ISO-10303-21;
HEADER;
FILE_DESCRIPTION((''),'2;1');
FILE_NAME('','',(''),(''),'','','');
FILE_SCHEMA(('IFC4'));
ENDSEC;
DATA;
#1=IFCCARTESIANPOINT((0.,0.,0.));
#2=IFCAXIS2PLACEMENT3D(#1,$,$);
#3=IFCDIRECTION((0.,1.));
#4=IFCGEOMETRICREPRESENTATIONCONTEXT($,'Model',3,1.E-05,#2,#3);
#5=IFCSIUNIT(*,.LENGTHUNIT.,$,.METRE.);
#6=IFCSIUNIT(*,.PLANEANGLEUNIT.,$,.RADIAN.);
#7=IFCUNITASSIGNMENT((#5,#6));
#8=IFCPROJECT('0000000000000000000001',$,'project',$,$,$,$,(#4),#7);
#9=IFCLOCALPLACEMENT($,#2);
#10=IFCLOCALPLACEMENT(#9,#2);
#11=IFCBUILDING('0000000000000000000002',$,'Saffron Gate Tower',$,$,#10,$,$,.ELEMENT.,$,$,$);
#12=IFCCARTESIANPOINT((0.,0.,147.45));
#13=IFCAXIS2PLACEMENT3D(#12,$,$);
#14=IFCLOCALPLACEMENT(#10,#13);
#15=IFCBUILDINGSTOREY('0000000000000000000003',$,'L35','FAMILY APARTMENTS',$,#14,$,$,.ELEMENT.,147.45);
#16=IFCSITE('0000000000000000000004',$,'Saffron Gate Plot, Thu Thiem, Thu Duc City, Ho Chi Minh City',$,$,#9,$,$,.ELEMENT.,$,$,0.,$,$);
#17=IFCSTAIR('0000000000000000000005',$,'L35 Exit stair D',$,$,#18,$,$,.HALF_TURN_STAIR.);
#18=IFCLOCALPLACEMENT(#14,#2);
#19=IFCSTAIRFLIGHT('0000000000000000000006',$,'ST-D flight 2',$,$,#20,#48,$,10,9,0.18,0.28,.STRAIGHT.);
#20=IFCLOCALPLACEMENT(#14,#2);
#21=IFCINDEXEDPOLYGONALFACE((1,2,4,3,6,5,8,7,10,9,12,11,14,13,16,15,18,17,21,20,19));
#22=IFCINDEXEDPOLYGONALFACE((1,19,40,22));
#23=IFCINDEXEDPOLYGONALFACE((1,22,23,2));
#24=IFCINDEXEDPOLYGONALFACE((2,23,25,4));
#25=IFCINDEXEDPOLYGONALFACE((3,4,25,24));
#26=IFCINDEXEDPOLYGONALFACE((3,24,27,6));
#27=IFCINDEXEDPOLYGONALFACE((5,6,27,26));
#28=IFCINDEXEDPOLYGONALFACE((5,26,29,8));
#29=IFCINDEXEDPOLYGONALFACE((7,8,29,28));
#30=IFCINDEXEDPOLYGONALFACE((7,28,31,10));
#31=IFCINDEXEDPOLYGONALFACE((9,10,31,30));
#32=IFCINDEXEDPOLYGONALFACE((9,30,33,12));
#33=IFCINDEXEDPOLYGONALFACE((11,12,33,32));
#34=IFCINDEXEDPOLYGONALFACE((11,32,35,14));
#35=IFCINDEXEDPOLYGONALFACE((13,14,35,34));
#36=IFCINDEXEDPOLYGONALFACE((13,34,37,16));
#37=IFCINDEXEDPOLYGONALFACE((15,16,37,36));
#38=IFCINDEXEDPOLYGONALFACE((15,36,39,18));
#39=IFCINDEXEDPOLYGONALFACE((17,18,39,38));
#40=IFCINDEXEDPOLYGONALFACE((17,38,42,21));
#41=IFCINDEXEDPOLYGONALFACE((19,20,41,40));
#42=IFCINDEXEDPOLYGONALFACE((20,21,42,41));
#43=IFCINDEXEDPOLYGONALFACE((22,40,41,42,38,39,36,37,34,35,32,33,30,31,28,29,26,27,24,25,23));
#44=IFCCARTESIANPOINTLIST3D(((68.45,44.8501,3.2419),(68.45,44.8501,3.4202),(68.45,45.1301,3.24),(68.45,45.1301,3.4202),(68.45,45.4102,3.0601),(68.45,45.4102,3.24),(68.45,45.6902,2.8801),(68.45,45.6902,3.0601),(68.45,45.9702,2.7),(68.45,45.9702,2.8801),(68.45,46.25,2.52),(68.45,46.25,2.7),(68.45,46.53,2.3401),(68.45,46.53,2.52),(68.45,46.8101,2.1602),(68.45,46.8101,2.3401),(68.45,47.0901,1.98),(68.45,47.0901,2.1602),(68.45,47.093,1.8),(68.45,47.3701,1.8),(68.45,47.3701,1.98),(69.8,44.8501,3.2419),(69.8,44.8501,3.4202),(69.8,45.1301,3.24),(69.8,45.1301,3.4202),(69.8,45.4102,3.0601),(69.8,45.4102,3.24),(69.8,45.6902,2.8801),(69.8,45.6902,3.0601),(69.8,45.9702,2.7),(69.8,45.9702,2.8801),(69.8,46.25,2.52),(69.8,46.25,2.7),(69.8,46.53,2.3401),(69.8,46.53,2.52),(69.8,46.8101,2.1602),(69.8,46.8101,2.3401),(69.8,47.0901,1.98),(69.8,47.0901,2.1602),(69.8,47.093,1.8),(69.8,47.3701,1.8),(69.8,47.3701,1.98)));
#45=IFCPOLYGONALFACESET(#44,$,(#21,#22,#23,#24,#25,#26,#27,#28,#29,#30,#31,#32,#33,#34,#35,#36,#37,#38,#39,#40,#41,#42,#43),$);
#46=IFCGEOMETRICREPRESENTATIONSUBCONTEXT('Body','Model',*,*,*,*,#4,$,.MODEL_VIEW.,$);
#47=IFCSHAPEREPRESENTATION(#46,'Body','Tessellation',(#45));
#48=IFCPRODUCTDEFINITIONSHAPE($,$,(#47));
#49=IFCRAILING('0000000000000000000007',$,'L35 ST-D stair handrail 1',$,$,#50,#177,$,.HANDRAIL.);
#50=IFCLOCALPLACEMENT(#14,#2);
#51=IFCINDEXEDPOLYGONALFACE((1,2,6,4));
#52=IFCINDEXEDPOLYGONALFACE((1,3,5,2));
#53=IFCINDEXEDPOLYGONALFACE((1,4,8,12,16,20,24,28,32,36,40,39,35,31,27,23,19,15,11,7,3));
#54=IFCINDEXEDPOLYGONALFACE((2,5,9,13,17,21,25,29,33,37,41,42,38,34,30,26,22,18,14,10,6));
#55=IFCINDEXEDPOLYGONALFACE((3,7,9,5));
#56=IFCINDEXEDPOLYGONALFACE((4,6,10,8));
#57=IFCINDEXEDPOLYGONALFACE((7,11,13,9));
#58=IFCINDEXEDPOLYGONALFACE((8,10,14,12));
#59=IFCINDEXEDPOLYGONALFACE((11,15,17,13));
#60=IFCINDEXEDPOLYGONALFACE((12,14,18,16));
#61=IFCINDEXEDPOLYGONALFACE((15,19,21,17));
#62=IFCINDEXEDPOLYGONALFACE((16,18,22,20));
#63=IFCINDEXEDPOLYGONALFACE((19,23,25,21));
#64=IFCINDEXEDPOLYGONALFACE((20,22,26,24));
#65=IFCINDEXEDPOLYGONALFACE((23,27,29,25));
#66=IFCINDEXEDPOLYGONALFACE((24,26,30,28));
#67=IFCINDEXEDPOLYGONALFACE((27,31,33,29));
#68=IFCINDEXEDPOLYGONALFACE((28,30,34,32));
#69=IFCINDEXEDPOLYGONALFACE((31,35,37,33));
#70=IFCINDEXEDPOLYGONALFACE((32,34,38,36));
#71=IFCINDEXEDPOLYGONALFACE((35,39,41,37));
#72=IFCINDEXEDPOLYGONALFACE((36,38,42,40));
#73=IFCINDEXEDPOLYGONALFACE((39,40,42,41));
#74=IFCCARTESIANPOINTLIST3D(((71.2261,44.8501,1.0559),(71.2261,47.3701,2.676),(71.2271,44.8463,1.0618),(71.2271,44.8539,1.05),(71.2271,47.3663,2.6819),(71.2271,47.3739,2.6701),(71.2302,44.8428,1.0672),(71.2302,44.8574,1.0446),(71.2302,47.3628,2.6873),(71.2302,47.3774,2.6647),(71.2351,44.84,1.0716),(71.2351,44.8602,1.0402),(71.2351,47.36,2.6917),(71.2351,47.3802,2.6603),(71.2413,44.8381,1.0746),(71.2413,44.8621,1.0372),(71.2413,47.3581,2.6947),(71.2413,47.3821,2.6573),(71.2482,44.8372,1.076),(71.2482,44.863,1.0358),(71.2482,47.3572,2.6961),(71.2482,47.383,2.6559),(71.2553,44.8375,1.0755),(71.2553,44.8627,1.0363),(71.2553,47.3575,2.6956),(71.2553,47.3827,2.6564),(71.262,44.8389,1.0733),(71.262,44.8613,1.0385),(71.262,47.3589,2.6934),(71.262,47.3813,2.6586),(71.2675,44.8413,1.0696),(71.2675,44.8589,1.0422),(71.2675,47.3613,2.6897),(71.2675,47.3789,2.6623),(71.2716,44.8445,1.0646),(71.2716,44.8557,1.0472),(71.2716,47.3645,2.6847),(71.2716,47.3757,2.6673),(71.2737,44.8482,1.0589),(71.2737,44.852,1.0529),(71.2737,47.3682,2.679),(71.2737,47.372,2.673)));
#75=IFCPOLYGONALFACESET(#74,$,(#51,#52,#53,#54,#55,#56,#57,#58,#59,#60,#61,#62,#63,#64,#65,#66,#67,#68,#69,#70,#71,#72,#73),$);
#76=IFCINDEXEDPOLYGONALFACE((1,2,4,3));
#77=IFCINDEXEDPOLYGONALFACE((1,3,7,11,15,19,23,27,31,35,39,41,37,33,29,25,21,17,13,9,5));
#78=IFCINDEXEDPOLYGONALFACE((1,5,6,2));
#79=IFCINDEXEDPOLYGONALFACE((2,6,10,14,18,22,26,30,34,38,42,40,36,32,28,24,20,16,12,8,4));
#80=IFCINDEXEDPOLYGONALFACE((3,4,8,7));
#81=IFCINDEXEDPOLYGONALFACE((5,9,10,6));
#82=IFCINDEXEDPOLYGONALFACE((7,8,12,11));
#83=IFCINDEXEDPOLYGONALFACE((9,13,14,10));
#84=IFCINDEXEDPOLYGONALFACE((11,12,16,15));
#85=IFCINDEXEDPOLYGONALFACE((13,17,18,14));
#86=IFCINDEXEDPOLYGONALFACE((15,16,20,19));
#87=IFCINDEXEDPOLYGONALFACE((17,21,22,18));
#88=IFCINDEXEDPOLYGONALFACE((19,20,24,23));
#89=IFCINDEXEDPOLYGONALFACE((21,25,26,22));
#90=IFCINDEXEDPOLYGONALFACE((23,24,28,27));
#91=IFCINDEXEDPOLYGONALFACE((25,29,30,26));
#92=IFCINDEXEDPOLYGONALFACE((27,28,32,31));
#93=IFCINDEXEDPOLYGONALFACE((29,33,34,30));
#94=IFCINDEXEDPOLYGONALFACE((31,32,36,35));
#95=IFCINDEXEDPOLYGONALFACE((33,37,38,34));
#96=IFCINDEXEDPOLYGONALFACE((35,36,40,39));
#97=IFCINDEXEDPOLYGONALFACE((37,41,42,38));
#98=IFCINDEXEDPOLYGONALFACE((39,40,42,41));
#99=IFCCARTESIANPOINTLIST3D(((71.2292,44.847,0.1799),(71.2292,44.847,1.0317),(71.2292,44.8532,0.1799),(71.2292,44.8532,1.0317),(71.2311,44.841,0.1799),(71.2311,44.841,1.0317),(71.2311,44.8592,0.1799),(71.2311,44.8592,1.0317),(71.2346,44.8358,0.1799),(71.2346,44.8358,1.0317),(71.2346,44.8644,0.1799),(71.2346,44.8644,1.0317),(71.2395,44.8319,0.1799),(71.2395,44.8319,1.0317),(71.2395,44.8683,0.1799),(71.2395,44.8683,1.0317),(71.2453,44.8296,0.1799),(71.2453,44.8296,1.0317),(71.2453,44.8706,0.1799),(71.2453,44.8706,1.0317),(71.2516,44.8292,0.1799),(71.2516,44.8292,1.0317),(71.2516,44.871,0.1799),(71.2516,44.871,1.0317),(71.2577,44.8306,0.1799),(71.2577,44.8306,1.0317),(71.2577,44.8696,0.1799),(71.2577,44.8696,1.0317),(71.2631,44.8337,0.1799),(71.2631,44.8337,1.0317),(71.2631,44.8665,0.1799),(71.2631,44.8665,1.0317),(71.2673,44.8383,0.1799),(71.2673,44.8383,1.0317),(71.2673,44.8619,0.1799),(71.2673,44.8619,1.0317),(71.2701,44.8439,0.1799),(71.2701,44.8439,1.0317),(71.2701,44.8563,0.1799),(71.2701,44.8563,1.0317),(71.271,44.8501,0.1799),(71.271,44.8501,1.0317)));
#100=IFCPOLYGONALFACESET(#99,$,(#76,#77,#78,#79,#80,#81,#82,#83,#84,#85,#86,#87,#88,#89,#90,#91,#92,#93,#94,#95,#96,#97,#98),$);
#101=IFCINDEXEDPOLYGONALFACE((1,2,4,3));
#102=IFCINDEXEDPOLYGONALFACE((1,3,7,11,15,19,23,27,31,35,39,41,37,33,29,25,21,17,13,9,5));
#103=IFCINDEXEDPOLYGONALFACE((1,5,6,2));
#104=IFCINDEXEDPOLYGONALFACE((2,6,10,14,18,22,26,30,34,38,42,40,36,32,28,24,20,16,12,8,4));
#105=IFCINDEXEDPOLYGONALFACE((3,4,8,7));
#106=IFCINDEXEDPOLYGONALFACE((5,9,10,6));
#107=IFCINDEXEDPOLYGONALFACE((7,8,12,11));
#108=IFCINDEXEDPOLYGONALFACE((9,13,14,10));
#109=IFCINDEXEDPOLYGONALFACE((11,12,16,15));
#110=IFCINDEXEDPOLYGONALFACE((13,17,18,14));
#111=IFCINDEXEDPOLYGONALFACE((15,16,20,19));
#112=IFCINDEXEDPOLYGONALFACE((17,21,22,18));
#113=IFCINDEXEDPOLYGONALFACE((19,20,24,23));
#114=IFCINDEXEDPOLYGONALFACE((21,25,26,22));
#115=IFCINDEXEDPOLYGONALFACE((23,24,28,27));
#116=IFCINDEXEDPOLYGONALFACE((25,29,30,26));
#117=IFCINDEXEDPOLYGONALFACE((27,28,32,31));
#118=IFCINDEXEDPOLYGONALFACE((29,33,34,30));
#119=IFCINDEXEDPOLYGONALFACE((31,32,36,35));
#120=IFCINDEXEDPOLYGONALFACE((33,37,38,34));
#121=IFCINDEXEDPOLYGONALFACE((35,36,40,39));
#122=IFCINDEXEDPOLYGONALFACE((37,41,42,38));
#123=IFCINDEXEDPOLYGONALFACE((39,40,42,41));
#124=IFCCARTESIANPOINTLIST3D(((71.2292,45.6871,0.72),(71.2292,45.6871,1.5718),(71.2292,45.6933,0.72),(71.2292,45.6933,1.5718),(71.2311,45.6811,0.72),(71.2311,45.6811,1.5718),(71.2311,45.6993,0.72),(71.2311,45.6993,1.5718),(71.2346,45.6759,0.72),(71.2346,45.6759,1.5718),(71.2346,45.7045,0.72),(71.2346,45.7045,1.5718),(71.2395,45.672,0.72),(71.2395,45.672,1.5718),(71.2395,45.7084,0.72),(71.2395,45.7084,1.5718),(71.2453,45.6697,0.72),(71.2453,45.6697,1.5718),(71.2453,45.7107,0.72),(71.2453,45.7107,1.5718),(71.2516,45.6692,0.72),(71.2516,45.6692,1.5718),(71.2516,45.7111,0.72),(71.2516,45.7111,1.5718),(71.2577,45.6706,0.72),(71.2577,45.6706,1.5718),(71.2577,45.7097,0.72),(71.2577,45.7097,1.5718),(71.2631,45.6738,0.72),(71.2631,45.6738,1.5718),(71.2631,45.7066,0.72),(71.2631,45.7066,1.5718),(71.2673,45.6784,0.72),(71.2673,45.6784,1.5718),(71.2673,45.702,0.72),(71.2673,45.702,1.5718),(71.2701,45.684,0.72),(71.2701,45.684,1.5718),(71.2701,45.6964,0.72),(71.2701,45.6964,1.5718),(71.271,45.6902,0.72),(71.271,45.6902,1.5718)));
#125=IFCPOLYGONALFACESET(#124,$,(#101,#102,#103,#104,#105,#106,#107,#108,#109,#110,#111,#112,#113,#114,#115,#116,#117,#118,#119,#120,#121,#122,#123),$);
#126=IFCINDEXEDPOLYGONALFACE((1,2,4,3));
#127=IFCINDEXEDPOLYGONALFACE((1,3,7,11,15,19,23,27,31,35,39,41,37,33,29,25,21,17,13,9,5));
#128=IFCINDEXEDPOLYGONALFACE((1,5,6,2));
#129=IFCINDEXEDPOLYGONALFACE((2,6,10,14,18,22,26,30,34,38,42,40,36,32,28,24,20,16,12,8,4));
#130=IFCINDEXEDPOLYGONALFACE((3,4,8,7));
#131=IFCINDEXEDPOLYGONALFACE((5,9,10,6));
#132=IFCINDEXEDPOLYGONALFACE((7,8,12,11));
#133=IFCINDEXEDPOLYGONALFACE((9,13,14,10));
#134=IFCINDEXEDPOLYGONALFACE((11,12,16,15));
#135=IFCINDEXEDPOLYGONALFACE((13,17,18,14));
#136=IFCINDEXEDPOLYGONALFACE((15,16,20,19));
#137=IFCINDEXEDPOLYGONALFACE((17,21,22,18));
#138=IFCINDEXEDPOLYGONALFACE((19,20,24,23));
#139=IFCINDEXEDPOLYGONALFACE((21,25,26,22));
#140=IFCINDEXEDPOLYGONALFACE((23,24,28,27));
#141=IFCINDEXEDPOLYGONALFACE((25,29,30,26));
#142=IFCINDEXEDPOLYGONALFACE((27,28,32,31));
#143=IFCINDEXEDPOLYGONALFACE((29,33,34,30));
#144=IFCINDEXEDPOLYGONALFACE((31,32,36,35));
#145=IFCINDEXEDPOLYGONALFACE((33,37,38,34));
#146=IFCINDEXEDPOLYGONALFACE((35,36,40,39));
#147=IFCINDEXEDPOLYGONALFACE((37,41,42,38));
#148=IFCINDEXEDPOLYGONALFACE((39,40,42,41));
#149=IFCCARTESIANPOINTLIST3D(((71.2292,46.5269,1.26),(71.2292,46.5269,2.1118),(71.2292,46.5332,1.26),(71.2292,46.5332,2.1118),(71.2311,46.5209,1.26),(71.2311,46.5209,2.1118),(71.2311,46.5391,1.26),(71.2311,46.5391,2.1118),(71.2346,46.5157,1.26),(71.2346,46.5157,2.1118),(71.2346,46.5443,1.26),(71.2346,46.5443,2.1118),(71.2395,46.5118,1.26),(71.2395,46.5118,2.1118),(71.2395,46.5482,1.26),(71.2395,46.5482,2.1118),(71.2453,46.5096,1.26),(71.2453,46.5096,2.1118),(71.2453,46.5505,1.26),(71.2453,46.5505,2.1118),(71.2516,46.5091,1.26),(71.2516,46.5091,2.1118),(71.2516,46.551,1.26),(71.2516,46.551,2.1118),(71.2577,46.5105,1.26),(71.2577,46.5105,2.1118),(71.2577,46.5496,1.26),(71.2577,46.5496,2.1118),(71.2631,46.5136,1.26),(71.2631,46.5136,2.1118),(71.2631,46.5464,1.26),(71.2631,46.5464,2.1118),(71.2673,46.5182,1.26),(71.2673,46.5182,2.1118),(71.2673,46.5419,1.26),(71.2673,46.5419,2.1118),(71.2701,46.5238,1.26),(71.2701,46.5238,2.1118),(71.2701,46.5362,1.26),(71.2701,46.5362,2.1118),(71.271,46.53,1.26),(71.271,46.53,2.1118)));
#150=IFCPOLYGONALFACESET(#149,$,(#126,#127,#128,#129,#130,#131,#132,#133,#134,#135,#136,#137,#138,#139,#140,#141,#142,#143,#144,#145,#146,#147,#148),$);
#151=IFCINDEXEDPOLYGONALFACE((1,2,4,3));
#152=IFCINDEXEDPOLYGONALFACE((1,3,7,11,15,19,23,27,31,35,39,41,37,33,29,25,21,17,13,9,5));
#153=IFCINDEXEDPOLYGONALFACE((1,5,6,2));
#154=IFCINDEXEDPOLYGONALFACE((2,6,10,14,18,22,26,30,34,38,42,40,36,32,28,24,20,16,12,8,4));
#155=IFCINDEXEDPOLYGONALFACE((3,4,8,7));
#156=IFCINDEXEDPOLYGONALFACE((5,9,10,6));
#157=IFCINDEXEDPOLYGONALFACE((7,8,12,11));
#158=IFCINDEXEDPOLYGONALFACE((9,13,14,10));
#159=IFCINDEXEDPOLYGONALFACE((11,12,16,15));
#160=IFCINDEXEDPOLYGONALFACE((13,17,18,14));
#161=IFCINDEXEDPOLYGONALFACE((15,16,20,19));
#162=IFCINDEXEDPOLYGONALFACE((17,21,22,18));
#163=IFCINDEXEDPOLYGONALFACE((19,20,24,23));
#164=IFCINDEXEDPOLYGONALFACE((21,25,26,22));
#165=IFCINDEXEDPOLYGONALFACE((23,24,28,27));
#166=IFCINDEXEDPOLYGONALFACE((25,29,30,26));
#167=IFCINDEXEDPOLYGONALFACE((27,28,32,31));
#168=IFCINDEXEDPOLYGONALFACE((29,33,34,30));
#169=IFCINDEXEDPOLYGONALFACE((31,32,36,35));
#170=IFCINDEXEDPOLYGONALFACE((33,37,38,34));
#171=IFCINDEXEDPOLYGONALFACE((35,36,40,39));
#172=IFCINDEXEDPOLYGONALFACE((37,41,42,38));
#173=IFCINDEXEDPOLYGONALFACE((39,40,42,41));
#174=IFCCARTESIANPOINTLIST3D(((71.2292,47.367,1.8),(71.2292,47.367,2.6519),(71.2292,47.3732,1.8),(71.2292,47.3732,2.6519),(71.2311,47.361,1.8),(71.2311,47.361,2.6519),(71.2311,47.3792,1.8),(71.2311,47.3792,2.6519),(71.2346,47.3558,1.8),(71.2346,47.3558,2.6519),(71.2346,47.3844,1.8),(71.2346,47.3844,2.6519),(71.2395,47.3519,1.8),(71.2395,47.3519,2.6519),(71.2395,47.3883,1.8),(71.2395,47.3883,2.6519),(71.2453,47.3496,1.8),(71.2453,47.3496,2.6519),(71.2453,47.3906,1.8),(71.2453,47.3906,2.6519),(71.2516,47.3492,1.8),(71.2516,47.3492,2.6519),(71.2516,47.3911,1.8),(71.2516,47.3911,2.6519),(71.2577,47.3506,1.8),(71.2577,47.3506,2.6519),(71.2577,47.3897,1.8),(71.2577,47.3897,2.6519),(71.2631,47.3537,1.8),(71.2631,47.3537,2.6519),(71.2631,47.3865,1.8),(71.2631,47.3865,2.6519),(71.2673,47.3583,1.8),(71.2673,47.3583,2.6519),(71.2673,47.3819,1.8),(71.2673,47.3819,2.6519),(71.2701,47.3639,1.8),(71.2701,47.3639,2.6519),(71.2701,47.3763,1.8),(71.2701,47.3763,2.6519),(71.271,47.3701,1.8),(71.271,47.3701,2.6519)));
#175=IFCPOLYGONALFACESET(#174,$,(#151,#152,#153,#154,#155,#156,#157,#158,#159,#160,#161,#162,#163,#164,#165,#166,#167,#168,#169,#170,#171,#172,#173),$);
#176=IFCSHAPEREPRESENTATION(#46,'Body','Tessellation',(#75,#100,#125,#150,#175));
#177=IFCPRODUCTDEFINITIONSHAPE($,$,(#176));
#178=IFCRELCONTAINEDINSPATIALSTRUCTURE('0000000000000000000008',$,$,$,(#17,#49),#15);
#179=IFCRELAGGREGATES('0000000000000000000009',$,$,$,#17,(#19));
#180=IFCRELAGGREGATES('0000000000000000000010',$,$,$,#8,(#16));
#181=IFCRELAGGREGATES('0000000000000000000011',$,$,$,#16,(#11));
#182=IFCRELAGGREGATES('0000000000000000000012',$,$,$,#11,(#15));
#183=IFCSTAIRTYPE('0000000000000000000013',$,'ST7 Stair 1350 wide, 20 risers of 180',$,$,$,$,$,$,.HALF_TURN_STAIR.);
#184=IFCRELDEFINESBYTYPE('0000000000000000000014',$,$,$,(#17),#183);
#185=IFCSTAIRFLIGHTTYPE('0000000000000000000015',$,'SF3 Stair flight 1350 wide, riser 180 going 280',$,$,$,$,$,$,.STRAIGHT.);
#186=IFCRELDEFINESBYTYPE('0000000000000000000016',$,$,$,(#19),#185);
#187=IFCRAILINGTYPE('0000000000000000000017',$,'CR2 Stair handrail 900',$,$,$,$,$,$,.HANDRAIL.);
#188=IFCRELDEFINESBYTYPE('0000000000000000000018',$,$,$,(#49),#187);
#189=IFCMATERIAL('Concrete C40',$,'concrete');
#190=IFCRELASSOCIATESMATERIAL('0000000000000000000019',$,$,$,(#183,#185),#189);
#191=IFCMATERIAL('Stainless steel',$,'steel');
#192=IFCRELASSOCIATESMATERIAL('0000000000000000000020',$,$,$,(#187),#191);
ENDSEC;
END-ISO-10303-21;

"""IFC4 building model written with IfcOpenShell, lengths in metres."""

from ifc_helpers import new_model, si_unit, direction, frame, origin, origin_2d, place, context, subcontext, project, spatial, polyline, circle, outline, extrude, material, type_object, element, aggregate, save


model = new_model("IFC4")

# Units and contexts
model_context = context("Model", 3, precision=1e-05, world=origin(), true_north=direction((0.0, 1.0)))
body_context = subcontext(model_context, "Body", "Model", "MODEL_VIEW")
ifc_project = project(units=[si_unit("LENGTHUNIT", "METRE"), si_unit("PLANEANGLEUNIT", "RADIAN")], contexts=[model_context])

# Site, building, storey
site_placement = place(None, origin())
site = spatial("IfcSite", under=ifc_project, at=site_placement, Name="Saffron Gate Plot, Thu Thiem, Thu Duc City, Ho Chi Minh City", CompositionType="ELEMENT", RefElevation=0.0)
building_placement = place(site_placement, origin())
building = spatial("IfcBuilding", under=site, at=building_placement, Name="Saffron Gate Tower", CompositionType="ELEMENT")
storey_placement = place(building_placement, frame((0.0, 0.0, 147.45)))
storey = spatial("IfcBuildingStorey", under=building, at=storey_placement, Name="L35", Description="FAMILY APARTMENTS", CompositionType="ELEMENT", Elevation=147.45)

# Stair, stair flight
ifc_material_1 = material(Name="Concrete C40", Category="concrete")
stair_type = type_object("IfcStairType", Name="ST7 Stair 1350 wide, 20 risers of 180", PredefinedType="HALF_TURN_STAIR", material=ifc_material_1)
stair_placement = place(storey_placement, origin())
stair = element("IfcStair", 1, at=stair_placement, inside=storey, type_object=stair_type, Name="L35 Exit stair D", PredefinedType="HALF_TURN_STAIR")
stair_flight_type = type_object("IfcStairFlightType", Name="SF3 Stair flight 1350 wide, riser 180 going 280", PredefinedType="STRAIGHT", material=ifc_material_1)
stair_flight_placement = place(storey_placement, frame((69.125, 47.3701, 1.8), z_axis=(0.0, 0.0, 1.0), x_axis=(0.0, -1.0, 0.0)))
stair_flight = element("IfcStairFlight", 2, at=stair_flight_placement, type_object=stair_flight_type, Name="ST-D flight 2", NumberOfRisers=10, NumberOfTreads=9, PredefinedType="STRAIGHT", RiserHeight=0.18, TreadLength=0.28, context=body_context, shape_type="SweptSolid", body=[
    extrude(outline(polyline([(0.0, 0.0), (0.0, 0.1799), (0.28, 0.1799), (0.28, 0.3601), (0.5601, 0.3601), (0.5601, 0.54), (0.8401, 0.54), (0.8401, 0.72), (1.1201, 0.72), (1.1201, 0.8999), (1.3999, 0.8999), (1.3999, 1.0801), (1.6799, 1.0801), (1.6799, 1.26), (1.96, 1.26), (1.96, 1.4399), (2.24, 1.4399), (2.24, 1.6201), (2.52, 1.6201), (2.52, 1.8), (2.52, 1.4419), (0.2771, 0.0), (0.0, 0.0)])), frame((0.0, 0.675, 0.0), z_axis=(0.0, -1.0, 0.0), x_axis=(1.0, 0.0, 0.0)), (0.0, 0.0, 1.0), 1.3501),
])
aggregate(stair, [stair_flight])

# Railing
ifc_material_2 = material(Name="Stainless steel", Category="steel")
railing_type = type_object("IfcRailingType", Name="CR2 Stair handrail 900", PredefinedType="HANDRAIL", material=ifc_material_2)
railing_1_placement = place(storey_placement, frame((71.25, 44.8501, 0.1799)))
element("IfcRailing", 3, at=railing_1_placement, inside=storey, type_object=railing_type, Name="L35 ST-D stair handrail 1", PredefinedType="HANDRAIL", context=body_context, shape_type="SweptSolid", body=[
    extrude(circle(Radius=0.0239, at=origin_2d()), frame((0.0, 0.0, 0.876), z_axis=(0.0, 0.841163, 0.540782), x_axis=(-1.0, 0.0, 0.0)), (0.0, 0.0, 1.0), 2.9958),
    extrude(circle(Radius=0.021, at=origin_2d()), origin(), (0.0, 0.0, 1.0), 0.8518),
    extrude(circle(Radius=0.021, at=origin_2d()), frame((0.0, 0.8401, 0.54)), (0.0, 0.0, 1.0), 0.8518),
    extrude(circle(Radius=0.021, at=origin_2d()), frame((0.0, 1.6799, 1.0801)), (0.0, 0.0, 1.0), 0.8518),
    extrude(circle(Radius=0.021, at=origin_2d()), frame((0.0, 2.52, 1.6201)), (0.0, 0.0, 1.0), 0.8518),
])

save(model, "model.ifc")
